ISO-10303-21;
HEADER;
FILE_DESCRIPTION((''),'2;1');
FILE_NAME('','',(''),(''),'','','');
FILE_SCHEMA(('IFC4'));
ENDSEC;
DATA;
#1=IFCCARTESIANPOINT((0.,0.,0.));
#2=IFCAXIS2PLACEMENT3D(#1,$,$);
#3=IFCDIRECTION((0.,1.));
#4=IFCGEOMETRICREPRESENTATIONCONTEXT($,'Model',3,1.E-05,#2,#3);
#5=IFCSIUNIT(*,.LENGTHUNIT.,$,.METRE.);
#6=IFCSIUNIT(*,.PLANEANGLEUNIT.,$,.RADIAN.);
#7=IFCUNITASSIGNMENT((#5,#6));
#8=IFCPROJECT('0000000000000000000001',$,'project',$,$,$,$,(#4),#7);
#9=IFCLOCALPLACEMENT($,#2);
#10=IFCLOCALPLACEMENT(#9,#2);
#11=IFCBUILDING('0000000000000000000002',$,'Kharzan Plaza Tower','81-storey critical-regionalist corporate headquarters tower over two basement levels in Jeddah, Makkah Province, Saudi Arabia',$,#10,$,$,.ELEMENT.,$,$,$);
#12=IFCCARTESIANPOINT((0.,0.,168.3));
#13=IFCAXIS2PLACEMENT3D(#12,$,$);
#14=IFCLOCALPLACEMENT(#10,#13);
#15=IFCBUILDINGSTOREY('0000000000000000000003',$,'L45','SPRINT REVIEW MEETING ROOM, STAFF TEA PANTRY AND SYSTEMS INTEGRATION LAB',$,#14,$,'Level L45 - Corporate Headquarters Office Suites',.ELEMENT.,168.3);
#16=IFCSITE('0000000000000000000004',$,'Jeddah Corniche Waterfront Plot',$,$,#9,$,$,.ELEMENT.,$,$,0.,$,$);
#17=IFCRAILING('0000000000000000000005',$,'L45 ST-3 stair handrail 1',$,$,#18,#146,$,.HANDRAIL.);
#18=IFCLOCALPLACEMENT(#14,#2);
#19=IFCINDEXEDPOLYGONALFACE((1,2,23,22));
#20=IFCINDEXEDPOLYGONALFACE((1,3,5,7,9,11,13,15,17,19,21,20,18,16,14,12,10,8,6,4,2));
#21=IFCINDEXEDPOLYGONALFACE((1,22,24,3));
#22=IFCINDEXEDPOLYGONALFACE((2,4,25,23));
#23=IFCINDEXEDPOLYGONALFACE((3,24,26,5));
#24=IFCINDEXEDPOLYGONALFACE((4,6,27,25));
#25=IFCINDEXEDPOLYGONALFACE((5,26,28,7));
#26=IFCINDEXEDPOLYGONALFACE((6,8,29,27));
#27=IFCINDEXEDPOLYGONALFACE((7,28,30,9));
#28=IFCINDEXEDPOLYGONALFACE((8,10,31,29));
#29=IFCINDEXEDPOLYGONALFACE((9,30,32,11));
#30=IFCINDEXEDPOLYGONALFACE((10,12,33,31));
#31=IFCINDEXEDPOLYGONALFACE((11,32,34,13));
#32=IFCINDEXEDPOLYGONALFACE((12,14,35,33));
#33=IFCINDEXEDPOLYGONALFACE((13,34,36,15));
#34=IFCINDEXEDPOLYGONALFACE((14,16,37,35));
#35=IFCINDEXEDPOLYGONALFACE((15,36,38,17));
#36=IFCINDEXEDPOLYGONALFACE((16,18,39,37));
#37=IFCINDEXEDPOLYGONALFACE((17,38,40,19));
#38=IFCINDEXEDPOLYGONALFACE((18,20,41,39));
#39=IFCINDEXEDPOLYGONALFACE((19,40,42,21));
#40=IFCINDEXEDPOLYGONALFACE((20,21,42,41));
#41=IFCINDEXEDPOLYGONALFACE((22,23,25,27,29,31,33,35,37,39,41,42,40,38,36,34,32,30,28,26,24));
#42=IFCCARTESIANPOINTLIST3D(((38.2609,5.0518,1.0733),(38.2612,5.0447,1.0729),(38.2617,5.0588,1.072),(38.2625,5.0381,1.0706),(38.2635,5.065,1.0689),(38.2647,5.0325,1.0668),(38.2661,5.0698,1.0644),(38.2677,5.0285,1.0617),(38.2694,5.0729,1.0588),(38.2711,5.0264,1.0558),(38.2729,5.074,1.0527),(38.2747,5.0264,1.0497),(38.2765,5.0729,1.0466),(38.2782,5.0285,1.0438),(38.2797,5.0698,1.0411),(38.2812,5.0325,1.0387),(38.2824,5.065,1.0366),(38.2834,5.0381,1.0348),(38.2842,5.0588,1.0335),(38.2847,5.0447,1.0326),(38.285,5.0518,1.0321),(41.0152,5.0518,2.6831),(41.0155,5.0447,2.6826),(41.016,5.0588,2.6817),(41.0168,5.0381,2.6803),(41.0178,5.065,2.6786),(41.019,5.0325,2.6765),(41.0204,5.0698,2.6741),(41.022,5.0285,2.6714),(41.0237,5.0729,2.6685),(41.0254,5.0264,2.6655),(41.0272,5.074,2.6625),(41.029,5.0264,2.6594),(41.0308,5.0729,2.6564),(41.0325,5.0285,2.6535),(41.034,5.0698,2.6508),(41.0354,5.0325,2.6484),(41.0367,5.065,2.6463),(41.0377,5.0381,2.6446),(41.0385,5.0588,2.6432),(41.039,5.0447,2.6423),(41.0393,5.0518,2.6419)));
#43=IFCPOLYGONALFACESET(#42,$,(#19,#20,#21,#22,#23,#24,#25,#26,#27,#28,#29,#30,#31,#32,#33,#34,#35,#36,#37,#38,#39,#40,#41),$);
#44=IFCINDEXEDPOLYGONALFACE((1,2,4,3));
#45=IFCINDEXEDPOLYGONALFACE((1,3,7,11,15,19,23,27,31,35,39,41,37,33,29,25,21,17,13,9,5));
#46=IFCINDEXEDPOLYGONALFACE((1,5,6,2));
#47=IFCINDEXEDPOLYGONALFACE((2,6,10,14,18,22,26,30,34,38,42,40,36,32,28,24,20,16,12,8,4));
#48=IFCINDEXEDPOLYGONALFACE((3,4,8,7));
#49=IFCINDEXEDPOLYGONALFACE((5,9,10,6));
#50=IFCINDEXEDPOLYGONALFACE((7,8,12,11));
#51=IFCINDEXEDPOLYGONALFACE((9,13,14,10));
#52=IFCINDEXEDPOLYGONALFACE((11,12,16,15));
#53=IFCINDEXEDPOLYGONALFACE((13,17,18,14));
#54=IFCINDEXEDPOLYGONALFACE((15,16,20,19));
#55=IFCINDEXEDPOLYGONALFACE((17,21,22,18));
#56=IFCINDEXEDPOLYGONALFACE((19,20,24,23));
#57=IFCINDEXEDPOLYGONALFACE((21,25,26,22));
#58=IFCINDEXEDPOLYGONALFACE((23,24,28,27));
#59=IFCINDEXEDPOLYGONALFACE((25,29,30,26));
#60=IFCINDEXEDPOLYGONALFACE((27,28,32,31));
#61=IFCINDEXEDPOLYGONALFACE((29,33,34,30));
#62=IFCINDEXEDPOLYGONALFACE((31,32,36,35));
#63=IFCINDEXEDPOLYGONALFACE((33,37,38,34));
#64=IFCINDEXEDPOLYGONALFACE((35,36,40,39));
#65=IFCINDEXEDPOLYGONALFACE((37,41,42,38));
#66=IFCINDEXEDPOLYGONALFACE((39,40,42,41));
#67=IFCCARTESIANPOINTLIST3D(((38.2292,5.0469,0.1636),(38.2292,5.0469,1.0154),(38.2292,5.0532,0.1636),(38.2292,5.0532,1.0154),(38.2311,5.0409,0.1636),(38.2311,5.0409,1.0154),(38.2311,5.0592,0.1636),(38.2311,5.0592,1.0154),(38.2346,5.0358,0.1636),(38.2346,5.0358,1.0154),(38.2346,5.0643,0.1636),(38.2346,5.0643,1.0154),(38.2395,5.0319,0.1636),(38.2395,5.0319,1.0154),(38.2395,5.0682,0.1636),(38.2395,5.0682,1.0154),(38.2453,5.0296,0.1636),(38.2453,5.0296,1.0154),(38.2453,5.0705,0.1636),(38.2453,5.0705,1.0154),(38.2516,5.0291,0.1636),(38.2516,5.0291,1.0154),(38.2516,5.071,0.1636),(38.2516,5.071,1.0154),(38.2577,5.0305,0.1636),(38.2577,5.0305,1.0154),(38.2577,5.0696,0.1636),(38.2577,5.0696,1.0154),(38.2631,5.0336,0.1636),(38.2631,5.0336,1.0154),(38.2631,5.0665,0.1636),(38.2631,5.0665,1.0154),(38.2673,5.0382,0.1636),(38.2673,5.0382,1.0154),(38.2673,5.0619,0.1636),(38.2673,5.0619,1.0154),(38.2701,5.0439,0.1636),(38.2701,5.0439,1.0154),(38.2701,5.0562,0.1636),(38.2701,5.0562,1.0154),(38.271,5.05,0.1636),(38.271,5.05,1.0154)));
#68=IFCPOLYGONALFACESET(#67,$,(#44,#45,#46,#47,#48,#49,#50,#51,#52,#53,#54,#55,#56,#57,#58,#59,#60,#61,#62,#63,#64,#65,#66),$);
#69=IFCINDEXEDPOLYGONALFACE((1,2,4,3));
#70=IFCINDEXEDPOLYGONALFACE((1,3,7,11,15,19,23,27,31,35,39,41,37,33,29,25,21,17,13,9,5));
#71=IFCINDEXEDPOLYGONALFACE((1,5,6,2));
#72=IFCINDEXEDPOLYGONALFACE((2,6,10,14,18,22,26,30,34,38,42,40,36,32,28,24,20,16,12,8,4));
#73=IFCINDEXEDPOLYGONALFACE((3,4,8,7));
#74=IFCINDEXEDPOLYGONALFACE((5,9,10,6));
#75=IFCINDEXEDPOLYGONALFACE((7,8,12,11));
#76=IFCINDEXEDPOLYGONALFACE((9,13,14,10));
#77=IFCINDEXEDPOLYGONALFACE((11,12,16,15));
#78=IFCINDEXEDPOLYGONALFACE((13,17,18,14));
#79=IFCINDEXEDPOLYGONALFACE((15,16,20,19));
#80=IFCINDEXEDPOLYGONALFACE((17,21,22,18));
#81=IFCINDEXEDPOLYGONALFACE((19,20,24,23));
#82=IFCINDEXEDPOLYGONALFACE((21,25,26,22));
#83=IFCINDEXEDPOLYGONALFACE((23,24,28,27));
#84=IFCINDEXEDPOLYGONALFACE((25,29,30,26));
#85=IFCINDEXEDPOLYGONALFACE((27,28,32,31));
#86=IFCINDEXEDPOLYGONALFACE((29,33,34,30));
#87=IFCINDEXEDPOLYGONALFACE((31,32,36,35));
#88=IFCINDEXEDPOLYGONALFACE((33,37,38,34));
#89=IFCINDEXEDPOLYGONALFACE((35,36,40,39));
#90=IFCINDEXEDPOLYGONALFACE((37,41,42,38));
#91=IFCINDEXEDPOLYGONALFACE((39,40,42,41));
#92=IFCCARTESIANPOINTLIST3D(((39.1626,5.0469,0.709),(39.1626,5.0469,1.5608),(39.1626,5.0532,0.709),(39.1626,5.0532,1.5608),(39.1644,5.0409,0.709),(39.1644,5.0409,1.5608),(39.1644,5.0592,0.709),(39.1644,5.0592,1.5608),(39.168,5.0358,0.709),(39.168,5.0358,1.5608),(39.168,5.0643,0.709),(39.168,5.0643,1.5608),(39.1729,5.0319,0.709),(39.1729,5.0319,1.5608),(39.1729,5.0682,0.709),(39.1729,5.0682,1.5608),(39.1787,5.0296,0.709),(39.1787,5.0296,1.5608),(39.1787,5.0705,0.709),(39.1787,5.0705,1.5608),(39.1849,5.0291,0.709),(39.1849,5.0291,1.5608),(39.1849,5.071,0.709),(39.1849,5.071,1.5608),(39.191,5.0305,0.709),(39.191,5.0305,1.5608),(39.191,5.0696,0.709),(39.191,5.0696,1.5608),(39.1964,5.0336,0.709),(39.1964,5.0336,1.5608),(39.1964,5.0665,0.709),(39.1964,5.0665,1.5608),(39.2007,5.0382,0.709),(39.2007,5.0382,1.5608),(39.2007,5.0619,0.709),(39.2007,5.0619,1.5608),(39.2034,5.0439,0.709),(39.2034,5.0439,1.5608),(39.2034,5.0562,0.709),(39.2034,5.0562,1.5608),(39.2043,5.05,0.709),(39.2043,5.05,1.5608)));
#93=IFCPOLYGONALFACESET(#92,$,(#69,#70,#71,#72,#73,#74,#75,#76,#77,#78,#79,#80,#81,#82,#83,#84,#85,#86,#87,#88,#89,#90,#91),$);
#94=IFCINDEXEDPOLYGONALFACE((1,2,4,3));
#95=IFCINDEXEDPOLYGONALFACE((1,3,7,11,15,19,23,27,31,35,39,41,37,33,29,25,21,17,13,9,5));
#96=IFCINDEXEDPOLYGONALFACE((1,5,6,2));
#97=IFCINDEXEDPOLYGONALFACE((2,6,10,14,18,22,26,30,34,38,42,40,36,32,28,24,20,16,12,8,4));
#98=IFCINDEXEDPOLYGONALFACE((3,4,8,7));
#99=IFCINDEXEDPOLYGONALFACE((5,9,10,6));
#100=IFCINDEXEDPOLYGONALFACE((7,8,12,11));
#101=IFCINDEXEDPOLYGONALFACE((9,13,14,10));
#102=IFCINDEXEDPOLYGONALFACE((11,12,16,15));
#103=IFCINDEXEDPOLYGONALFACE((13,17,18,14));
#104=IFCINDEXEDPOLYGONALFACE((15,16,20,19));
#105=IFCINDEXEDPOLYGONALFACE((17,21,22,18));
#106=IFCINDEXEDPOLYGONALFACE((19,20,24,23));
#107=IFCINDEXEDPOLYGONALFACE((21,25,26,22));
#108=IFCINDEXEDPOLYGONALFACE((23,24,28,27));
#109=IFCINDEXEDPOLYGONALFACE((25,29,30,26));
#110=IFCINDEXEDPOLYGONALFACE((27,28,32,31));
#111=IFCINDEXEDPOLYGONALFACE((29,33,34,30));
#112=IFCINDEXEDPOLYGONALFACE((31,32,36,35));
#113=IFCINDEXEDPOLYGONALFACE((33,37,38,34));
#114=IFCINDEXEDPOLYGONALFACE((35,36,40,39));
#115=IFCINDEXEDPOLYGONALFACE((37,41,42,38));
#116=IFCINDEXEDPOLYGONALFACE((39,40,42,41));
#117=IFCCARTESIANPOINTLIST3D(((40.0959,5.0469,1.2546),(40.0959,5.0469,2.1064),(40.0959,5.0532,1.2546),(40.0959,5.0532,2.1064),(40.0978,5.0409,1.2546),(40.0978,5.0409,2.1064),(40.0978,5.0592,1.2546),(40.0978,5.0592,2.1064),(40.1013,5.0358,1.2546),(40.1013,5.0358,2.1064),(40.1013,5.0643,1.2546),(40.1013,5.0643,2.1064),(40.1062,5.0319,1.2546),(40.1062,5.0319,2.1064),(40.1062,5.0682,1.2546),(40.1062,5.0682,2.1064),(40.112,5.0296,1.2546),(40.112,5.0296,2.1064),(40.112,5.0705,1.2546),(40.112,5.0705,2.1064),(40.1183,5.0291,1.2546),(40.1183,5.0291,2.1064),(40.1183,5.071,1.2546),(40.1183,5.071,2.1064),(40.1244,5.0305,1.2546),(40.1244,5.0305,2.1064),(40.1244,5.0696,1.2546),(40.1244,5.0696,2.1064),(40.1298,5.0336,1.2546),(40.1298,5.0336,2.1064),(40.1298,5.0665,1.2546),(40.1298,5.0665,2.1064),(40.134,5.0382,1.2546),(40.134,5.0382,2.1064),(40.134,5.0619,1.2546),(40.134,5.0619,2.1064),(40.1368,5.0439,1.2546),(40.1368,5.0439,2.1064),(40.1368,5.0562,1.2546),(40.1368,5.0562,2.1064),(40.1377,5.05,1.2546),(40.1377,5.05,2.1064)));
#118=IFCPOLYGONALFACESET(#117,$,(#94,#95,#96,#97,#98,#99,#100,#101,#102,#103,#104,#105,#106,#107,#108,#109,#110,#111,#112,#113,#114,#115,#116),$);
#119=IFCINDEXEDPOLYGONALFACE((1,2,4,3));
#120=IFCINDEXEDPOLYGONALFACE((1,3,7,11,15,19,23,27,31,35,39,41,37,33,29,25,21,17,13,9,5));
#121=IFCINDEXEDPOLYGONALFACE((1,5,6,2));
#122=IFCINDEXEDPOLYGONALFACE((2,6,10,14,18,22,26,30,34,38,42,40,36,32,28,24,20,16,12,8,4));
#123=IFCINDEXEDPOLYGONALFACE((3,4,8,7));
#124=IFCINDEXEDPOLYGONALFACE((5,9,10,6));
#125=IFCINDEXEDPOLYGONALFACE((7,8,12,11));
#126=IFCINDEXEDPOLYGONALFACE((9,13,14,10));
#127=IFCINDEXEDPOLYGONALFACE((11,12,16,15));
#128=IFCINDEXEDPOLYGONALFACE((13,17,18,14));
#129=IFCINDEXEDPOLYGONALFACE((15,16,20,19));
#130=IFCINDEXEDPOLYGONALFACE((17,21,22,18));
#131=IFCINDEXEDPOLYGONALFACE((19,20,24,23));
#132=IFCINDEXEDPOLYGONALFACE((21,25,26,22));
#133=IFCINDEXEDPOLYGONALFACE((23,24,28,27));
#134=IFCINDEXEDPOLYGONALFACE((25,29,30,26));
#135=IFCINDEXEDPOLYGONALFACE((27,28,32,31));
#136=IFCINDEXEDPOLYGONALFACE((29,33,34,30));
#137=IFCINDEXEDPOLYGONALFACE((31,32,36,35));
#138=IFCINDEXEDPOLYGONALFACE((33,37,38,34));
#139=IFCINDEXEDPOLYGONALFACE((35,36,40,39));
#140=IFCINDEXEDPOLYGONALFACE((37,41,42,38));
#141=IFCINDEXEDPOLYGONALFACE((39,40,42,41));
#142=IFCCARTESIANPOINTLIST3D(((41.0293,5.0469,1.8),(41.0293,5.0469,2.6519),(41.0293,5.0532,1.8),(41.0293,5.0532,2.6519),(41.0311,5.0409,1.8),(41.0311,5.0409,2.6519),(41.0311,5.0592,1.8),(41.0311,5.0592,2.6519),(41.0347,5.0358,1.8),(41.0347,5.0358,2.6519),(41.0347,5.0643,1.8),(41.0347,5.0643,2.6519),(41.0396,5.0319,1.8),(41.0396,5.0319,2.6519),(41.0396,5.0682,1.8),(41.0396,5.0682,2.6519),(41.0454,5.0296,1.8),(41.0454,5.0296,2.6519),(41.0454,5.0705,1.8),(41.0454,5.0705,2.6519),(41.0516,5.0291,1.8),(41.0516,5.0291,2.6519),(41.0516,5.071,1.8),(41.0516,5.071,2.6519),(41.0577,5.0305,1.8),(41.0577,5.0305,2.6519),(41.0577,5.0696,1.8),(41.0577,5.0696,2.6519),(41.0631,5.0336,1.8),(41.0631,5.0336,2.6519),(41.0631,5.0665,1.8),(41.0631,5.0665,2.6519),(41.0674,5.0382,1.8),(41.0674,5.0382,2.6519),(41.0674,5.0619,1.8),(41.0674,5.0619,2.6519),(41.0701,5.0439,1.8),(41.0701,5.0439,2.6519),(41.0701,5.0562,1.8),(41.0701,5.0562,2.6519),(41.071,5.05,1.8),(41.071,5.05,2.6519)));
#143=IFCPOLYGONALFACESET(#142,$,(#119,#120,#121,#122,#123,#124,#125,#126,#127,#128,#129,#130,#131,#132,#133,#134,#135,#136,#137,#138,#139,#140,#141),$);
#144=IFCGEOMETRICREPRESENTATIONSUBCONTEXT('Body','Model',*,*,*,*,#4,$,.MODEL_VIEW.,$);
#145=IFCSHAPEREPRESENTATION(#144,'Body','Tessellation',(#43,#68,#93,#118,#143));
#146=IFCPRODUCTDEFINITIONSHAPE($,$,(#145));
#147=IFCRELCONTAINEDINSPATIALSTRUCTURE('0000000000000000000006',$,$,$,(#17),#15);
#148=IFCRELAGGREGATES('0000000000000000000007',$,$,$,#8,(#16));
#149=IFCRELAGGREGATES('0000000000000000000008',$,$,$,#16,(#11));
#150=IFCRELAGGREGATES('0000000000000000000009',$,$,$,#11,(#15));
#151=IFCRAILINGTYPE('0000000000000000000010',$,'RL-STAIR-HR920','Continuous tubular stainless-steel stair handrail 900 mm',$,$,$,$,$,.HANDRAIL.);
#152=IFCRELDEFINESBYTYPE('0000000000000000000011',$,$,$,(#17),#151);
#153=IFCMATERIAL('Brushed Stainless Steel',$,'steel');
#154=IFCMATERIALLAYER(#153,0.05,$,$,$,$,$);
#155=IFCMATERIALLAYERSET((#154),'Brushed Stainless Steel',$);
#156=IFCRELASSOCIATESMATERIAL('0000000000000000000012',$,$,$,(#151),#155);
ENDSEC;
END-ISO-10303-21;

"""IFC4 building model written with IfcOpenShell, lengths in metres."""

from ifc_helpers import new_model, si_unit, direction, frame, origin, origin_2d, place, context, subcontext, project, spatial, circle, extrude, source, transform, mapped, material, layer, layer_set, type_object, element, save


model = new_model("IFC4")

# Units and contexts
model_context = context("Model", 3, precision=1e-05, world=origin(), true_north=direction((0.0, 1.0)))
body_context = subcontext(model_context, "Body", "Model", "MODEL_VIEW")
ifc_project = project(units=[si_unit("LENGTHUNIT", "METRE"), si_unit("PLANEANGLEUNIT", "RADIAN")], contexts=[model_context])

# Site, building, storey
site_placement = place(None, origin())
site = spatial("IfcSite", under=ifc_project, at=site_placement, Name="Jeddah Corniche Waterfront Plot", CompositionType="ELEMENT", RefElevation=0.0)
building_placement = place(site_placement, origin())
building = spatial("IfcBuilding", under=site, at=building_placement, Name="Kharzan Plaza Tower", Description="81-storey critical-regionalist corporate headquarters tower over two basement levels in Jeddah, Makkah Province, Saudi Arabia", CompositionType="ELEMENT")
storey_placement = place(building_placement, frame((0.0, 0.0, 168.3)))
storey = spatial("IfcBuildingStorey", under=building, at=storey_placement, Name="L45", Description="SPRINT REVIEW MEETING ROOM, STAFF TEA PANTRY AND SYSTEMS INTEGRATION LAB", LongName="Level L45 - Corporate Headquarters Office Suites", CompositionType="ELEMENT", Elevation=168.3)

# Railing
ifc_material_1 = material(Name="Brushed Stainless Steel", Category="steel")
ifc_layer_1 = layer(ifc_material_1, 0.05)
ifc_layer_set_1 = layer_set([ifc_layer_1], Name="Brushed Stainless Steel")
railing_type_1 = type_object("IfcRailingType", Name="RL-STAIR-HR920", Description="Continuous tubular stainless-steel stair handrail 900 mm", PredefinedType="HANDRAIL", material=ifc_layer_set_1)
shared_shape_1 = source(origin(), body_context, "Body", "SweptSolid", [
    extrude(circle(Radius=0.0239, at=origin_2d()), frame((0.0229, 0.0, 0.8892), z_axis=(0.863361, 0.0, 0.504587), x_axis=(0.0, 1.0, 0.0)), (0.0, 0.0, 1.0), 3.1902),
    extrude(circle(Radius=0.021, at=origin_2d()), origin(), (0.0, 0.0, 1.0), 0.8518),
    extrude(circle(Radius=0.021, at=origin_2d()), frame((0.9333, 0.0, 0.5454)), (0.0, 0.0, 1.0), 0.8518),
    extrude(circle(Radius=0.021, at=origin_2d()), frame((1.8667, 0.0, 1.0911)), (0.0, 0.0, 1.0), 0.8518),
    extrude(circle(Radius=0.021, at=origin_2d()), frame((2.8, 0.0, 1.6365)), (0.0, 0.0, 1.0), 0.8518),
])
railing_1_placement = place(storey_placement, frame((38.25, 5.05, 0.1636)))
element("IfcRailing", 1, at=railing_1_placement, inside=storey, type_object=railing_type_1, Name="L45 ST-3 stair handrail 1", PredefinedType="HANDRAIL", context=body_context, shape_type="MappedRepresentation", body=[
    mapped(shared_shape_1, transform((0.0, 0.0, 0.0), x_axis=(1.0, 0.0, 0.0), y_axis=(0.0, 1.0, 0.0), z_axis=(0.0, 0.0, 1.0))),
])

save(model, "model.ifc")
